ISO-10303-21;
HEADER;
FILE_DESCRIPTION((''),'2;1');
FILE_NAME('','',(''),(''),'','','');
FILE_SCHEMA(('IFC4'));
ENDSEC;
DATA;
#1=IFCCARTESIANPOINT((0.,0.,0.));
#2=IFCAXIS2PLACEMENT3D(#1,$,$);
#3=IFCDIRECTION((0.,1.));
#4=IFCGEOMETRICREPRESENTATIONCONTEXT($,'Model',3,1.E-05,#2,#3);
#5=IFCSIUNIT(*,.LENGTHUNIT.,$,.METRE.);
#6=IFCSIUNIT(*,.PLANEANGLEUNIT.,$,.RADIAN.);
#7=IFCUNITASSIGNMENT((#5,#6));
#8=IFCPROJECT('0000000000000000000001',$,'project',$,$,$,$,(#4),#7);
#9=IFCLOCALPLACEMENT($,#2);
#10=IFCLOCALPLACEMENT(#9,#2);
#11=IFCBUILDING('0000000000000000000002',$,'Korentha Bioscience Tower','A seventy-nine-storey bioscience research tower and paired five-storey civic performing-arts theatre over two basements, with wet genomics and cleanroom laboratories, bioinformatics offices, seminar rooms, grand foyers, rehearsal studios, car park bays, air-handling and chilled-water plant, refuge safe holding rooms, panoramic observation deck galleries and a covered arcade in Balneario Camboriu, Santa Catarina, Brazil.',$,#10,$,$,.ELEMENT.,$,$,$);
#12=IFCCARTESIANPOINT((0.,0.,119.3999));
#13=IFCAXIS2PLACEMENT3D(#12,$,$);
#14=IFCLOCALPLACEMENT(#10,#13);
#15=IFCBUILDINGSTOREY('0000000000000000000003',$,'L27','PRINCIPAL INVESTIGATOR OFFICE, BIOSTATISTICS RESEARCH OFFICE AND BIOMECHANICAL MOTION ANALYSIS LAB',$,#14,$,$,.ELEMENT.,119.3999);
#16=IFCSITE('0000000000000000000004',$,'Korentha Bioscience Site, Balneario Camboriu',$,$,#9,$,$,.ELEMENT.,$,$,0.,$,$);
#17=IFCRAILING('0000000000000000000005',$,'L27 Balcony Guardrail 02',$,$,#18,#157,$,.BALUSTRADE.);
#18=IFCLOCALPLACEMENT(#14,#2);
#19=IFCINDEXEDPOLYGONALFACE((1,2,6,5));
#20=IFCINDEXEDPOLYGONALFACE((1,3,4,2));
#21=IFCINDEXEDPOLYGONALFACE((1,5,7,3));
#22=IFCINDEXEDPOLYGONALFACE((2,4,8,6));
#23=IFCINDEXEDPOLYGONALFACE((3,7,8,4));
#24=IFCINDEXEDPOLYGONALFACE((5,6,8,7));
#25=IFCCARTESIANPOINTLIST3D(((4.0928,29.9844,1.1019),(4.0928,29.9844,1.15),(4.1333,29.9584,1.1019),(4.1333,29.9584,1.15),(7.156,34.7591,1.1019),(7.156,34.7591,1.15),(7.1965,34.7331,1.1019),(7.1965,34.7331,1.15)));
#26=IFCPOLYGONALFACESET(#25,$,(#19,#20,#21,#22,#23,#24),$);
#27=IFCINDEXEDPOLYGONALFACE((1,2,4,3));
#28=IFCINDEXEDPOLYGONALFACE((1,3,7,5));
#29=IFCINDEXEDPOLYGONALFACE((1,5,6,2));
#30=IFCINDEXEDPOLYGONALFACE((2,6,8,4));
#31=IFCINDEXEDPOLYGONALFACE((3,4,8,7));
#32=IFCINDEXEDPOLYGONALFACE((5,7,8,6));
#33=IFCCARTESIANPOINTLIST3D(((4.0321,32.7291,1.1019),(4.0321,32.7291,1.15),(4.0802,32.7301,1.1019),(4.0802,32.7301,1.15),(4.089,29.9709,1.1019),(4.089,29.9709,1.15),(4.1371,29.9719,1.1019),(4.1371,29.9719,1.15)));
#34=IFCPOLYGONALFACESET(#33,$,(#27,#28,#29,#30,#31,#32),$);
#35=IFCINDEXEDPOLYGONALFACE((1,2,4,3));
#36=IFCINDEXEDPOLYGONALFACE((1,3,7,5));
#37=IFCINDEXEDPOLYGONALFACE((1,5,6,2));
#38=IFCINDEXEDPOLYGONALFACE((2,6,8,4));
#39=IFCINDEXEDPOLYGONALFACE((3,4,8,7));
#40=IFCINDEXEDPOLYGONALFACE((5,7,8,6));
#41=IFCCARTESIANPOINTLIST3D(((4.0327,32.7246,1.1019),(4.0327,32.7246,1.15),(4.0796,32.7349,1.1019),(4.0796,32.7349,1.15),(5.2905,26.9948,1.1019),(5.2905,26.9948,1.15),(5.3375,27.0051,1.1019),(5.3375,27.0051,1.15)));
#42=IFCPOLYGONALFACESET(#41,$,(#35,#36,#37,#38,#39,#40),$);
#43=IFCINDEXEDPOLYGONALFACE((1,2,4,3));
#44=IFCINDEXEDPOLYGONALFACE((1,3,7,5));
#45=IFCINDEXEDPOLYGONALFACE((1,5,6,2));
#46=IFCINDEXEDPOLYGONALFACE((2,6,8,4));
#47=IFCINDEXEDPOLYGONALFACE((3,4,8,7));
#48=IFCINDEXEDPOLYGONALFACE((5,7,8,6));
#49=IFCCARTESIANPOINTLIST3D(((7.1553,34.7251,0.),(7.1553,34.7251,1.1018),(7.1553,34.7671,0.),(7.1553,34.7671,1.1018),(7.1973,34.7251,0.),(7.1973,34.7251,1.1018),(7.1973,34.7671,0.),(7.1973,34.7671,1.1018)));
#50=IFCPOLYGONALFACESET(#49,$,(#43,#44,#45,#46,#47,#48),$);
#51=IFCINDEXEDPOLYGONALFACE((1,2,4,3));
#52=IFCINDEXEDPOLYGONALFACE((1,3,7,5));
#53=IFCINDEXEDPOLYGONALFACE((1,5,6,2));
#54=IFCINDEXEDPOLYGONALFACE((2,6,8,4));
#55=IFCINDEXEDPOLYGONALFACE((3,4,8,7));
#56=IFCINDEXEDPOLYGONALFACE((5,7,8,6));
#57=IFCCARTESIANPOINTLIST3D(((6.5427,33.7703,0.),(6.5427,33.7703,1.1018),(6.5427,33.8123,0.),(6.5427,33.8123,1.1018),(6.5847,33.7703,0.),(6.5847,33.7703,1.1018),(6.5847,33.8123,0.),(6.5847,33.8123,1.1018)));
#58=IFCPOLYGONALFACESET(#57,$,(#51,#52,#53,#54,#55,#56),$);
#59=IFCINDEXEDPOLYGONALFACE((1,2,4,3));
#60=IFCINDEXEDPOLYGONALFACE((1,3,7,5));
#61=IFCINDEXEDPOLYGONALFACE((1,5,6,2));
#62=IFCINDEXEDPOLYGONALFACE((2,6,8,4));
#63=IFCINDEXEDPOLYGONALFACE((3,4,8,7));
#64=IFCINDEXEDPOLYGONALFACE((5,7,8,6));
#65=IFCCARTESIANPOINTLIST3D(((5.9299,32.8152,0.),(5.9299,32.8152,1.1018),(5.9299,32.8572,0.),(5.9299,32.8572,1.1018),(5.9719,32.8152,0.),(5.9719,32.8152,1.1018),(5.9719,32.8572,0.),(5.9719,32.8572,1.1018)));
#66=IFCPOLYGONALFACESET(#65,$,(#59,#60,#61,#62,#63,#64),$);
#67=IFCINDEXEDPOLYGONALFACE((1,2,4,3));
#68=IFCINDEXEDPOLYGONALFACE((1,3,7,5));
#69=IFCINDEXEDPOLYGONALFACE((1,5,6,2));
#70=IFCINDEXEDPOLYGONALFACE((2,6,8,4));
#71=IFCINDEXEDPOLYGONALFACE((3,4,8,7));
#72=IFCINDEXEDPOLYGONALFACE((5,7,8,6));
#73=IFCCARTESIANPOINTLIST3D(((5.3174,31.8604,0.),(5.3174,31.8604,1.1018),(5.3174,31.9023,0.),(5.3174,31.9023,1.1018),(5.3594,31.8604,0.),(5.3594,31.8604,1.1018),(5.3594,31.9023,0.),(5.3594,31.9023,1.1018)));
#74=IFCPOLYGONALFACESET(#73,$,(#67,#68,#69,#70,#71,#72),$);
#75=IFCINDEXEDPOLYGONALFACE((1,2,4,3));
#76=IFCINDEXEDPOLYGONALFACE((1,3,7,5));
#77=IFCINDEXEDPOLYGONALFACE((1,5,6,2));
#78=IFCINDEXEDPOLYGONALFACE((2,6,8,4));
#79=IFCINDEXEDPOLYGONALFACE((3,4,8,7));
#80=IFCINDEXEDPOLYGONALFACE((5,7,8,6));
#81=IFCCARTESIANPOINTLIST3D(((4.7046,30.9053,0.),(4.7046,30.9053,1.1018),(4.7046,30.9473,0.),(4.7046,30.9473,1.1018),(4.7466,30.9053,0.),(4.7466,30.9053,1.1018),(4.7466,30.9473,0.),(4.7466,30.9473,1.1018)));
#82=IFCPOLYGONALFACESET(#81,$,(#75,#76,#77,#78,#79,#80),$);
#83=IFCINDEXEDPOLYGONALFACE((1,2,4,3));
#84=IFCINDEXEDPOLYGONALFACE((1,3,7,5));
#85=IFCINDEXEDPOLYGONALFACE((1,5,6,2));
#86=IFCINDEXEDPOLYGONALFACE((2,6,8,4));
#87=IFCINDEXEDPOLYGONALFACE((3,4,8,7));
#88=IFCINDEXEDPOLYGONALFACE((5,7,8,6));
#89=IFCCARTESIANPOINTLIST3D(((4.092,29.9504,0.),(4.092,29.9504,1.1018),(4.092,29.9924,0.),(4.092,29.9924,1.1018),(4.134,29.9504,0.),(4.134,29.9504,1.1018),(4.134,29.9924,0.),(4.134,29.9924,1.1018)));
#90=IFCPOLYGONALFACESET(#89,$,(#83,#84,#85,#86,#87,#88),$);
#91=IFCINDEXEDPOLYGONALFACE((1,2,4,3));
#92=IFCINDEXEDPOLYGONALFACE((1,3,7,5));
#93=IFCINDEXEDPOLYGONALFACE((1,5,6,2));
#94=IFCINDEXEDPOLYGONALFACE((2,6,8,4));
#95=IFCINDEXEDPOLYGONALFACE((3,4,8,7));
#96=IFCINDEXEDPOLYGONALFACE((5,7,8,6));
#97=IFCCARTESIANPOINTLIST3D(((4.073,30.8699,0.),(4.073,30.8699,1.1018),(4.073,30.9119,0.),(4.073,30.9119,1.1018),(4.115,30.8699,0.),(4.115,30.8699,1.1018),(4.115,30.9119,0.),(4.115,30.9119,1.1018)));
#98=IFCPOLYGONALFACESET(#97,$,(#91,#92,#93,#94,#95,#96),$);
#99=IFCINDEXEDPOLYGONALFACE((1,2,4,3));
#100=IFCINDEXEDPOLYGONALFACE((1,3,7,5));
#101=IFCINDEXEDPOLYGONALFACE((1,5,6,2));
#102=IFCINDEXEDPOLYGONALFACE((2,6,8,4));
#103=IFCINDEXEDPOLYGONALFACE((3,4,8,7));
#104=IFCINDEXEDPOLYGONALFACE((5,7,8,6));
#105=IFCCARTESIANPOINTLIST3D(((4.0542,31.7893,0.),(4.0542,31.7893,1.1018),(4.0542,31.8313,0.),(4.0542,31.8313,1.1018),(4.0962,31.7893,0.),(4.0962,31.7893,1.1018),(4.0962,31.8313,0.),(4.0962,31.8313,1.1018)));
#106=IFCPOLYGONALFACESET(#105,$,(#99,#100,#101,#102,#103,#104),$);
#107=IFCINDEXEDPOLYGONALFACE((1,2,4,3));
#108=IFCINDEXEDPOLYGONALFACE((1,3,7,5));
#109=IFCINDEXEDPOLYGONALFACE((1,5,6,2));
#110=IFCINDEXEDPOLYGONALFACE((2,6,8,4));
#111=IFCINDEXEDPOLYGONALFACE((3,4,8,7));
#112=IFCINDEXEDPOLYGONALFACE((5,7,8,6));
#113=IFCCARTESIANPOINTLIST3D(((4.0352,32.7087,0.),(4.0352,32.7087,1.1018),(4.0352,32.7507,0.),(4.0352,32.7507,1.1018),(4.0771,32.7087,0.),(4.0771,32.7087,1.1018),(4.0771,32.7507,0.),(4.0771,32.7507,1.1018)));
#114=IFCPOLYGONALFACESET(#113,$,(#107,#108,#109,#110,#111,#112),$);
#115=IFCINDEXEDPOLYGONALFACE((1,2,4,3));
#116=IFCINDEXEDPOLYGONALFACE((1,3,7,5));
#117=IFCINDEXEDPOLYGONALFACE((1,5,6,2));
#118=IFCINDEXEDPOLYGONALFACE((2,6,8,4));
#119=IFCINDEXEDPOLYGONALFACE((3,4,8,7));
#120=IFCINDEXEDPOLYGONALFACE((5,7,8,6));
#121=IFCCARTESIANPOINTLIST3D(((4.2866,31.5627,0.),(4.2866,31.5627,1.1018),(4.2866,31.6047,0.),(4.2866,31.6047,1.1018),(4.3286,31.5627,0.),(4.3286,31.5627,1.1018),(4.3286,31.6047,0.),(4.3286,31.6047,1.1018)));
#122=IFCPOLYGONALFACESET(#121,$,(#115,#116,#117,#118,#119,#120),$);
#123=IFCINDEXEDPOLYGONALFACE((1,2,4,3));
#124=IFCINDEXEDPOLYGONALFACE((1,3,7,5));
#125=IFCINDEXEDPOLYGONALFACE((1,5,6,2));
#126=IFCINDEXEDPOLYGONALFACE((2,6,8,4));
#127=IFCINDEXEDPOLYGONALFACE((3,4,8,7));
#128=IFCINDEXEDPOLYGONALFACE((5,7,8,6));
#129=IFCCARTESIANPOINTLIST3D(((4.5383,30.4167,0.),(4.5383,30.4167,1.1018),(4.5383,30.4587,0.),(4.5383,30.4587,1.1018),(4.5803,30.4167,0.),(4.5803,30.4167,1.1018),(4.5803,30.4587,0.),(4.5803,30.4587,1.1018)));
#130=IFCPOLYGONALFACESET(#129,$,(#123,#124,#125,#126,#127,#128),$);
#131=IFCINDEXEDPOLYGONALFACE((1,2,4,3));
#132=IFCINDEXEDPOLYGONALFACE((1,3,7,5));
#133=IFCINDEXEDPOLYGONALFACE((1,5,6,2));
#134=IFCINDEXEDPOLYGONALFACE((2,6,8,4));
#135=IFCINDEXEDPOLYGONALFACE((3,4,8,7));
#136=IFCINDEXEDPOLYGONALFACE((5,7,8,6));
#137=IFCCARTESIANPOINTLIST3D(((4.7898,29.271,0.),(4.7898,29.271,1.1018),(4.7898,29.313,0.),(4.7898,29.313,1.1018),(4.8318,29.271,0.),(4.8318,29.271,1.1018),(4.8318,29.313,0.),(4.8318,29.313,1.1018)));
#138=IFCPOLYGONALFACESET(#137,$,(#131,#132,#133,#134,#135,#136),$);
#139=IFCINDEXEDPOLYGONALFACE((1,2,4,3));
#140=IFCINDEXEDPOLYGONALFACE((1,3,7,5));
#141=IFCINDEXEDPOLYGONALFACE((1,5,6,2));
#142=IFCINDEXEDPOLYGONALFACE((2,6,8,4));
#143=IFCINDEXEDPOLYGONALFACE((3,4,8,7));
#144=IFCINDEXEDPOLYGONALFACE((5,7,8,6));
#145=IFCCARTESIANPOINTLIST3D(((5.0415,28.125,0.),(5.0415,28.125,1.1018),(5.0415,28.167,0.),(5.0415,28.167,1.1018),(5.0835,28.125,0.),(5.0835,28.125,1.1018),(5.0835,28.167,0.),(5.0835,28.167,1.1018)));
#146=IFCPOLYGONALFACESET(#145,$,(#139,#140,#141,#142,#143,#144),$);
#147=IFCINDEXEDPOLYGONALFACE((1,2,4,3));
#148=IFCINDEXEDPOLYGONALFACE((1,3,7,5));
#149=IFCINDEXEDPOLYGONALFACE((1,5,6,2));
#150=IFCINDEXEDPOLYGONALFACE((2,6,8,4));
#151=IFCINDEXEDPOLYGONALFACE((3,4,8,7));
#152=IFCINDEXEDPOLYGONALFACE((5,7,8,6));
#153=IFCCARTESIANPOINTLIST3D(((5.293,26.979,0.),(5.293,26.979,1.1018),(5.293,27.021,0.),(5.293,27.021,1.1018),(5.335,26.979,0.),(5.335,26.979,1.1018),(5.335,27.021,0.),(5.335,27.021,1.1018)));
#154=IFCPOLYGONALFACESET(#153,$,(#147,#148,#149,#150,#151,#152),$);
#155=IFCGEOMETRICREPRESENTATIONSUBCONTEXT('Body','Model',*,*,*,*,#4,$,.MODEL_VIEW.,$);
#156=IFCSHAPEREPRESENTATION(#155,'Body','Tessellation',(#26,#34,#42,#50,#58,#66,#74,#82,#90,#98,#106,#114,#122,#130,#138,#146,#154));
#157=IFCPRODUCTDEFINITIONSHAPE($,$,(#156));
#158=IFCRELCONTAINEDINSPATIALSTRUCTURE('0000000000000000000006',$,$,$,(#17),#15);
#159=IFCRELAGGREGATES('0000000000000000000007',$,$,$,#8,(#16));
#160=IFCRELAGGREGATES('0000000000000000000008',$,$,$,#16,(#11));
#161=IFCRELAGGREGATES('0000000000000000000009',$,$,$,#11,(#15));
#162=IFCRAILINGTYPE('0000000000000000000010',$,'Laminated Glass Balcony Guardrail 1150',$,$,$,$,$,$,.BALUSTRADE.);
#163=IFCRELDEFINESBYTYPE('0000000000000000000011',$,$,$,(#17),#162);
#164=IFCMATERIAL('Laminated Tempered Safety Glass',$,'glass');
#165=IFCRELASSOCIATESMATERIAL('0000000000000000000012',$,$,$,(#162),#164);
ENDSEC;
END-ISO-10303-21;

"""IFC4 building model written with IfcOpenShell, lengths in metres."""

from ifc_helpers import new_model, si_unit, direction, frame, origin, origin_2d, place, context, subcontext, project, spatial, rectangle, extrude, material, type_object, element, save


model = new_model("IFC4")

# Units and contexts
model_context = context("Model", 3, precision=1e-05, world=origin(), true_north=direction((0.0, 1.0)))
body_context = subcontext(model_context, "Body", "Model", "MODEL_VIEW")
ifc_project = project(units=[si_unit("LENGTHUNIT", "METRE"), si_unit("PLANEANGLEUNIT", "RADIAN")], contexts=[model_context])

# Site, building, storey
site_placement = place(None, origin())
site = spatial("IfcSite", under=ifc_project, at=site_placement, Name="Korentha Bioscience Site, Balneario Camboriu", CompositionType="ELEMENT", RefElevation=0.0)
building_placement = place(site_placement, origin())
building = spatial("IfcBuilding", under=site, at=building_placement, Name="Korentha Bioscience Tower", Description="A seventy-nine-storey bioscience research tower and paired five-storey civic performing-arts theatre over two basements, with wet genomics and cleanroom laboratories, bioinformatics offices, seminar rooms, grand foyers, rehearsal studios, car park bays, air-handling and chilled-water plant, refuge safe holding rooms, panoramic observation deck galleries and a covered arcade in Balneario Camboriu, Santa Catarina, Brazil.", CompositionType="ELEMENT")
storey_placement = place(building_placement, frame((0.0, 0.0, 119.3999)))
storey = spatial("IfcBuildingStorey", under=building, at=storey_placement, Name="L27", Description="PRINCIPAL INVESTIGATOR OFFICE, BIOSTATISTICS RESEARCH OFFICE AND BIOMECHANICAL MOTION ANALYSIS LAB", CompositionType="ELEMENT", Elevation=119.3999)

# Railing
ifc_material_1 = material(Name="Laminated Tempered Safety Glass", Category="glass")
railing_type = type_object("IfcRailingType", Name="Laminated Glass Balcony Guardrail 1150", PredefinedType="BALUSTRADE", material=ifc_material_1)
railing_placement = place(storey_placement, frame((7.1763, 34.7461, 0.0)))
element("IfcRailing", 1, at=railing_placement, inside=storey, type_object=railing_type, Name="L27 Balcony Guardrail 02", PredefinedType="BALUSTRADE", context=body_context, shape_type="SweptSolid", body=[
    extrude(rectangle(XDim=0.0481, YDim=0.0481, at=origin_2d()), frame((0.0, 0.0, 1.126), z_axis=(-0.539985, -0.841675, 0.0), x_axis=(0.841675, -0.539985, 0.0)), (0.0, 0.0, 1.0), 5.6729),
    extrude(rectangle(XDim=0.0481, YDim=0.0481, at=origin_2d()), frame((-3.0632, -4.7747, 1.126), z_axis=(-0.020619, 0.999787, 0.0), x_axis=(-0.999787, -0.020619, 0.0)), (0.0, 0.0, 1.0), 2.7588),
    extrude(rectangle(XDim=0.0481, YDim=0.0481, at=origin_2d()), frame((-3.1201, -2.0164, 1.126), z_axis=(0.214418, -0.976742, 0.0), x_axis=(0.976742, 0.214418, 0.0)), (0.0, 0.0, 1.0), 5.8662),
    extrude(rectangle(XDim=0.042, YDim=0.042, at=origin_2d()), origin(), (0.0, 0.0, 1.0), 1.1018),
    extrude(rectangle(XDim=0.042, YDim=0.042, at=origin_2d()), frame((-0.6125, -0.9548, 0.0)), (0.0, 0.0, 1.0), 1.1018),
    extrude(rectangle(XDim=0.042, YDim=0.042, at=origin_2d()), frame((-1.2253, -1.9099, 0.0)), (0.0, 0.0, 1.0), 1.1018),
    extrude(rectangle(XDim=0.042, YDim=0.042, at=origin_2d()), frame((-1.8379, -2.8647, 0.0)), (0.0, 0.0, 1.0), 1.1018),
    extrude(rectangle(XDim=0.042, YDim=0.042, at=origin_2d()), frame((-2.4507, -3.8198, 0.0)), (0.0, 0.0, 1.0), 1.1018),
    extrude(rectangle(XDim=0.042, YDim=0.042, at=origin_2d()), frame((-3.0632, -4.7747, 0.0)), (0.0, 0.0, 1.0), 1.1018),
    extrude(rectangle(XDim=0.042, YDim=0.042, at=origin_2d()), frame((-3.0823, -3.8552, 0.0)), (0.0, 0.0, 1.0), 1.1018),
    extrude(rectangle(XDim=0.042, YDim=0.042, at=origin_2d()), frame((-3.1011, -2.9358, 0.0)), (0.0, 0.0, 1.0), 1.1018),
    extrude(rectangle(XDim=0.042, YDim=0.042, at=origin_2d()), frame((-3.1201, -2.0164, 0.0)), (0.0, 0.0, 1.0), 1.1018),
    extrude(rectangle(XDim=0.042, YDim=0.042, at=origin_2d()), frame((-2.8687, -3.1624, 0.0)), (0.0, 0.0, 1.0), 1.1018),
    extrude(rectangle(XDim=0.042, YDim=0.042, at=origin_2d()), frame((-2.6169, -4.3083, 0.0)), (0.0, 0.0, 1.0), 1.1018),
    extrude(rectangle(XDim=0.042, YDim=0.042, at=origin_2d()), frame((-2.3655, -5.4541, 0.0)), (0.0, 0.0, 1.0), 1.1018),
    extrude(rectangle(XDim=0.042, YDim=0.042, at=origin_2d()), frame((-2.1138, -6.6001, 0.0)), (0.0, 0.0, 1.0), 1.1018),
    extrude(rectangle(XDim=0.042, YDim=0.042, at=origin_2d()), frame((-1.8623, -7.7461, 0.0)), (0.0, 0.0, 1.0), 1.1018),
])

save(model, "model.ifc")
